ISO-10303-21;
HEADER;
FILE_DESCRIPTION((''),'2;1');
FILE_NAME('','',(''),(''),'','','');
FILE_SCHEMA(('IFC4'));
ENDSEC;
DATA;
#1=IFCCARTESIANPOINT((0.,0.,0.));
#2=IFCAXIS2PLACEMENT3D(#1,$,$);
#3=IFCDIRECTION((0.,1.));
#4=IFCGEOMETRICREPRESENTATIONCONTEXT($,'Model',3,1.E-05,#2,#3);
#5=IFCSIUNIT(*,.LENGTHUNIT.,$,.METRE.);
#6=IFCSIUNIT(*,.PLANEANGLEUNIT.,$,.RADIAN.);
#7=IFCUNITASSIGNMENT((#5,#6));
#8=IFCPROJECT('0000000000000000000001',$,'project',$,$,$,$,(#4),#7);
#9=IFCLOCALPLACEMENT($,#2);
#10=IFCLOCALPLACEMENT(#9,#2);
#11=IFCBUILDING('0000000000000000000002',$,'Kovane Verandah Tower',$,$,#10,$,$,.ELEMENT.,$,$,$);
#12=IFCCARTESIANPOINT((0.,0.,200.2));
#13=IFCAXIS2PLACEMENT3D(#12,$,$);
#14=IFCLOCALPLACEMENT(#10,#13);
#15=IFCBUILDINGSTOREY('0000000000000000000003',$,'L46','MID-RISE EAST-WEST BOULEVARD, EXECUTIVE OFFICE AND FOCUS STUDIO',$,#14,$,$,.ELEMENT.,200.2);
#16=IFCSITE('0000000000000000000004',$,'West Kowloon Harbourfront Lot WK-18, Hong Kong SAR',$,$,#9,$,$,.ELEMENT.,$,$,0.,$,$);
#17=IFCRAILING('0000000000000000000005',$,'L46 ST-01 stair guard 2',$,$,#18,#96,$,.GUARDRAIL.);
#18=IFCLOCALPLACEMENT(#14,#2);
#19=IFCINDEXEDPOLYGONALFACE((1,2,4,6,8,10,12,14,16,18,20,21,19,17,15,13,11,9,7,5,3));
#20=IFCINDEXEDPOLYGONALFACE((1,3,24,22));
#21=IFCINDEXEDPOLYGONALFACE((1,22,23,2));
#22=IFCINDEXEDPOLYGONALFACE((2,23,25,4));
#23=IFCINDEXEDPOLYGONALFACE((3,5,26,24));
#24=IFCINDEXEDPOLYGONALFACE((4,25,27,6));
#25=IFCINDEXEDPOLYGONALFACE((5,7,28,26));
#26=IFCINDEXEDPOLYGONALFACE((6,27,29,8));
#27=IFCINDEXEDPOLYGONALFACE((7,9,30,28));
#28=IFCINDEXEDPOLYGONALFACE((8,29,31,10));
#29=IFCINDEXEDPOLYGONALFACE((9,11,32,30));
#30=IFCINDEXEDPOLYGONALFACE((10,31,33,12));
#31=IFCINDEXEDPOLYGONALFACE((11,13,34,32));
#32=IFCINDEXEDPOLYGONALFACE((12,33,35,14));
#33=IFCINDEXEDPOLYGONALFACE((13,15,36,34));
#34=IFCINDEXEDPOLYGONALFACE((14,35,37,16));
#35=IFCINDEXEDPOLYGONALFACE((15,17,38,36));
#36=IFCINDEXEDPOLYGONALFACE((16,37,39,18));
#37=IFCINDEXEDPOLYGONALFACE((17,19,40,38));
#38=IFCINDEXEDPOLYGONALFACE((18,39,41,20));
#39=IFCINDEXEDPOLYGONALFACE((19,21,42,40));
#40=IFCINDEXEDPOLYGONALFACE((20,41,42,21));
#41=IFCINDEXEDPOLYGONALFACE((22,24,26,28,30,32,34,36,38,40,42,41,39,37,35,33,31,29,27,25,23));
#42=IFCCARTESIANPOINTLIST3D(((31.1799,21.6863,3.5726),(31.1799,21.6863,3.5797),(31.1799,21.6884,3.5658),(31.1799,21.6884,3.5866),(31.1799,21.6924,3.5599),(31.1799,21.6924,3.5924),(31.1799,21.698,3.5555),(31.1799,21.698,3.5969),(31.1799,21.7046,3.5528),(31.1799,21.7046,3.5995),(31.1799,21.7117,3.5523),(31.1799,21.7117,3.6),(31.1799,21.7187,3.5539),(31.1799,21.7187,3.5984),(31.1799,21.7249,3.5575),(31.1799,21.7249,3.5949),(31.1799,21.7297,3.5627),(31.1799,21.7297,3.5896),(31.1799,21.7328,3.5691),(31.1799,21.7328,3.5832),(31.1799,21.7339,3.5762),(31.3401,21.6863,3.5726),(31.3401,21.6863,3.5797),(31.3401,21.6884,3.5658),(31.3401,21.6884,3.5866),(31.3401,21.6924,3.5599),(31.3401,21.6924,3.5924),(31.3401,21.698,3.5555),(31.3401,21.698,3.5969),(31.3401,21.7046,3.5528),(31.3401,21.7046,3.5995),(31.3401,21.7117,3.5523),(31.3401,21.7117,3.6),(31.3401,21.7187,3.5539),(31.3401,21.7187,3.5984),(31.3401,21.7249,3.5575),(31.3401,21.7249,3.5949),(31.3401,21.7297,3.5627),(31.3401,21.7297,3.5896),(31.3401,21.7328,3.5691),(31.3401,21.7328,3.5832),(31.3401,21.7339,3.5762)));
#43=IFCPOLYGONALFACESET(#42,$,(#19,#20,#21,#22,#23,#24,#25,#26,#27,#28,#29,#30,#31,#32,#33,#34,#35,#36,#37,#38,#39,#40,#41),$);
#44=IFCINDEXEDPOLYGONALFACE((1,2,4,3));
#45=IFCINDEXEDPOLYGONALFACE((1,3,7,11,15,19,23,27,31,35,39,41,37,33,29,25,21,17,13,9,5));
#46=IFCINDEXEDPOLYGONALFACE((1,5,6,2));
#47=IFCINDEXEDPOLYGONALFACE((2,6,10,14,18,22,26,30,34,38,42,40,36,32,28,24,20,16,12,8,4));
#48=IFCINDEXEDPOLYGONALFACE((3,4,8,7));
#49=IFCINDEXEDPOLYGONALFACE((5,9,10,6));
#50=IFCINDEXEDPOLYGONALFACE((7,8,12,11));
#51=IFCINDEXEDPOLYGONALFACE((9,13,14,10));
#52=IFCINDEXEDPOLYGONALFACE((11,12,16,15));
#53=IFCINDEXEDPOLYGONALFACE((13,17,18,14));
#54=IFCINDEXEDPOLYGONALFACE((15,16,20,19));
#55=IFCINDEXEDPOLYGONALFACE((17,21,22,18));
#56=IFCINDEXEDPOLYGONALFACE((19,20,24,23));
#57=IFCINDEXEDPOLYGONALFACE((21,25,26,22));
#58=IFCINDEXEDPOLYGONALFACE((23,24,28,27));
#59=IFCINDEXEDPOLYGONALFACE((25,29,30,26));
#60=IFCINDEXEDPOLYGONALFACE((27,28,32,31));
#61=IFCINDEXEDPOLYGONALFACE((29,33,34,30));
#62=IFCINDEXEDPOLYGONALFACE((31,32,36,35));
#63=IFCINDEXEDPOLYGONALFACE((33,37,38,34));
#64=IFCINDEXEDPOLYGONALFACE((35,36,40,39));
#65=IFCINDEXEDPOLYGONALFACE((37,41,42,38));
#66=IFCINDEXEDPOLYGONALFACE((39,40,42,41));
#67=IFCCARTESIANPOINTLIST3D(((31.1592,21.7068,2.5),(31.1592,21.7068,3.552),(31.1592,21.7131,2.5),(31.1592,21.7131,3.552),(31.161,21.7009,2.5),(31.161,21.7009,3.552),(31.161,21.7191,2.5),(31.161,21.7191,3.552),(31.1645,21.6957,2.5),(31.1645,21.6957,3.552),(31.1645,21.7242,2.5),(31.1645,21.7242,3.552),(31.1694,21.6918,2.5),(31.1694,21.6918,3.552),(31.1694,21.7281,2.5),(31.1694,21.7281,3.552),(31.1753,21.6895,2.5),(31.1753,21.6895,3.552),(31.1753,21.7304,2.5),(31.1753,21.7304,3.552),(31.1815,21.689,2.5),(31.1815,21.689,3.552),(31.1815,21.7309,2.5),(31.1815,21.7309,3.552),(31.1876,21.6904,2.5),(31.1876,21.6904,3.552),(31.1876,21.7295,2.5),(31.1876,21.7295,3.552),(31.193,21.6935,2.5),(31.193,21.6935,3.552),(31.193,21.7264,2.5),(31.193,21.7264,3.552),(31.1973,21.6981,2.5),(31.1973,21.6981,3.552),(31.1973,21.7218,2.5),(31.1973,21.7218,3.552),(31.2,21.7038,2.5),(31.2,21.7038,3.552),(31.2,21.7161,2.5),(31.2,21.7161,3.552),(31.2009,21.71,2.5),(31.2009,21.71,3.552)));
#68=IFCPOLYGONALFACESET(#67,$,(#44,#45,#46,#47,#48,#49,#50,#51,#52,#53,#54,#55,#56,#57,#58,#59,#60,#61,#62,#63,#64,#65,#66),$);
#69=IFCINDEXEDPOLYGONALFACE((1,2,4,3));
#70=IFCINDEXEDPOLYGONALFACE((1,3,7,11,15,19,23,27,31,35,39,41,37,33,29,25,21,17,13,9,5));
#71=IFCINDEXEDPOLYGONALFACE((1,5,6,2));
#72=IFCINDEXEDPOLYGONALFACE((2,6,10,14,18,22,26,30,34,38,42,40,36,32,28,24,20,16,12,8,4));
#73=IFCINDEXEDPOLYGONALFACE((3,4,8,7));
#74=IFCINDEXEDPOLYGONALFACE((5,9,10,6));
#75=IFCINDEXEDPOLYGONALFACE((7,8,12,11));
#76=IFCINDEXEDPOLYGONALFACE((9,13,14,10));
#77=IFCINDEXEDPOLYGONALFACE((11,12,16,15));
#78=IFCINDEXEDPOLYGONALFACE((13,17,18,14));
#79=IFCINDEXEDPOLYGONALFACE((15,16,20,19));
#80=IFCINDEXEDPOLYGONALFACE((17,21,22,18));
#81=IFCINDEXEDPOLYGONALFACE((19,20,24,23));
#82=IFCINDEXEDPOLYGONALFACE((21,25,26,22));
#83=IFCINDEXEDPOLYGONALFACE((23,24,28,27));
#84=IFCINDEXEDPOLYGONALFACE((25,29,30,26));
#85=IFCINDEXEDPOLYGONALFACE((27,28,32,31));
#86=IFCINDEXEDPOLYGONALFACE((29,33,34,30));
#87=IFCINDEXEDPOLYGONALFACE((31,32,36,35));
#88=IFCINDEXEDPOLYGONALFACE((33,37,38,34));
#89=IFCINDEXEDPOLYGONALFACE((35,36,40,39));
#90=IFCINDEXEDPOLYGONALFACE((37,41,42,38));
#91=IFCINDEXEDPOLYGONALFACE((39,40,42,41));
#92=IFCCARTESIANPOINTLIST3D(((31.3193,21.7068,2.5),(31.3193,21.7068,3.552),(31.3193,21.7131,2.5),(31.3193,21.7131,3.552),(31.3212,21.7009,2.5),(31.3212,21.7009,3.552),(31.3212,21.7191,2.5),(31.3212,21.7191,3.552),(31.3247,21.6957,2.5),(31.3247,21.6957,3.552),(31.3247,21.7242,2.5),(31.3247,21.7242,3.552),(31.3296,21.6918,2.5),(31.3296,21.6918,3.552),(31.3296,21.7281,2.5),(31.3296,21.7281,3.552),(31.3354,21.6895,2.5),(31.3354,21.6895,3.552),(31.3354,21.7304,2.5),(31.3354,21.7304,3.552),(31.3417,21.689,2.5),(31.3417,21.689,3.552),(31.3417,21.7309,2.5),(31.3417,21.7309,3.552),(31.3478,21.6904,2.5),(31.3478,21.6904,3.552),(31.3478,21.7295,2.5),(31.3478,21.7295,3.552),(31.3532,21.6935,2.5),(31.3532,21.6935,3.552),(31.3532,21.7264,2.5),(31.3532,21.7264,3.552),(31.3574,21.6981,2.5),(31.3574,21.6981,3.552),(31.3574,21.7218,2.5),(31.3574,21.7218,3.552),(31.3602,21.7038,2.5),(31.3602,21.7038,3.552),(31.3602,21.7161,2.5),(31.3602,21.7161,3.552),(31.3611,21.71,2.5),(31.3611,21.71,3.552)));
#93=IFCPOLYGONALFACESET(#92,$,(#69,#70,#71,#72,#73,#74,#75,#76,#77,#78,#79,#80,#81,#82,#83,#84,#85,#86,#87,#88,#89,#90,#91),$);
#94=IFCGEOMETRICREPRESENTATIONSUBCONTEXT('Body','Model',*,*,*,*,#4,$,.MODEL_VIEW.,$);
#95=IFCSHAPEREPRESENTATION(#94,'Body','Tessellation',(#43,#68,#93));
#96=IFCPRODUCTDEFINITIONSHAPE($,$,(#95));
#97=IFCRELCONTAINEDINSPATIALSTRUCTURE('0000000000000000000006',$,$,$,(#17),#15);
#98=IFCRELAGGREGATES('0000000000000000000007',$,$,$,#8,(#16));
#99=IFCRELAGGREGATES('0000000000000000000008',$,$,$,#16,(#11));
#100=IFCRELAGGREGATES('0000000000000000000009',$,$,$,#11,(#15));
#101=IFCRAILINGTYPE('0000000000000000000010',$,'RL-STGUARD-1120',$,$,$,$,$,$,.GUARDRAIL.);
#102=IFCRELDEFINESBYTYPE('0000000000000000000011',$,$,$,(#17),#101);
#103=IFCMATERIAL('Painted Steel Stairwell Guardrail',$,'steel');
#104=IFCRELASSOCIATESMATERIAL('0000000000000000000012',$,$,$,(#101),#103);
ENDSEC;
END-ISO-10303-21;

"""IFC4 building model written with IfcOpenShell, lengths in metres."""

from ifc_helpers import new_model, si_unit, direction, frame, origin, origin_2d, place, context, subcontext, project, spatial, circle, extrude, material, type_object, element, save


model = new_model("IFC4")

# Units and contexts
model_context = context("Model", 3, precision=1e-05, world=origin(), true_north=direction((0.0, 1.0)))
body_context = subcontext(model_context, "Body", "Model", "MODEL_VIEW")
ifc_project = project(units=[si_unit("LENGTHUNIT", "METRE"), si_unit("PLANEANGLEUNIT", "RADIAN")], contexts=[model_context])

# Site, building, storey
site_placement = place(None, origin())
site = spatial("IfcSite", under=ifc_project, at=site_placement, Name="West Kowloon Harbourfront Lot WK-18, Hong Kong SAR", CompositionType="ELEMENT", RefElevation=0.0)
building_placement = place(site_placement, origin())
building = spatial("IfcBuilding", under=site, at=building_placement, Name="Kovane Verandah Tower", CompositionType="ELEMENT")
storey_placement = place(building_placement, frame((0.0, 0.0, 200.2)))
storey = spatial("IfcBuildingStorey", under=building, at=storey_placement, Name="L46", Description="MID-RISE EAST-WEST BOULEVARD, EXECUTIVE OFFICE AND FOCUS STUDIO", CompositionType="ELEMENT", Elevation=200.2)

# Railing
ifc_material_1 = material(Name="Painted Steel Stairwell Guardrail", Category="steel")
railing_type_1 = type_object("IfcRailingType", Name="RL-STGUARD-1120", PredefinedType="GUARDRAIL", material=ifc_material_1)
railing_1_placement = place(storey_placement, frame((31.1799, 21.71, 2.5)))
element("IfcRailing", 1, at=railing_1_placement, inside=storey, type_object=railing_type_1, Name="L46 ST-01 stair guard 2", PredefinedType="GUARDRAIL", context=body_context, shape_type="SweptSolid", body=[
    extrude(circle(Radius=0.0239, at=origin_2d()), frame((0.0, 0.0, 1.0762), z_axis=(1.0, 0.0, 0.0), x_axis=(0.0, 1.0, 0.0)), (0.0, 0.0, 1.0), 0.1602),
    extrude(circle(Radius=0.021, at=origin_2d()), origin(), (0.0, 0.0, 1.0), 1.052),
    extrude(circle(Radius=0.021, at=origin_2d()), frame((0.1602, 0.0, 0.0)), (0.0, 0.0, 1.0), 1.052),
])

save(model, "model.ifc")
